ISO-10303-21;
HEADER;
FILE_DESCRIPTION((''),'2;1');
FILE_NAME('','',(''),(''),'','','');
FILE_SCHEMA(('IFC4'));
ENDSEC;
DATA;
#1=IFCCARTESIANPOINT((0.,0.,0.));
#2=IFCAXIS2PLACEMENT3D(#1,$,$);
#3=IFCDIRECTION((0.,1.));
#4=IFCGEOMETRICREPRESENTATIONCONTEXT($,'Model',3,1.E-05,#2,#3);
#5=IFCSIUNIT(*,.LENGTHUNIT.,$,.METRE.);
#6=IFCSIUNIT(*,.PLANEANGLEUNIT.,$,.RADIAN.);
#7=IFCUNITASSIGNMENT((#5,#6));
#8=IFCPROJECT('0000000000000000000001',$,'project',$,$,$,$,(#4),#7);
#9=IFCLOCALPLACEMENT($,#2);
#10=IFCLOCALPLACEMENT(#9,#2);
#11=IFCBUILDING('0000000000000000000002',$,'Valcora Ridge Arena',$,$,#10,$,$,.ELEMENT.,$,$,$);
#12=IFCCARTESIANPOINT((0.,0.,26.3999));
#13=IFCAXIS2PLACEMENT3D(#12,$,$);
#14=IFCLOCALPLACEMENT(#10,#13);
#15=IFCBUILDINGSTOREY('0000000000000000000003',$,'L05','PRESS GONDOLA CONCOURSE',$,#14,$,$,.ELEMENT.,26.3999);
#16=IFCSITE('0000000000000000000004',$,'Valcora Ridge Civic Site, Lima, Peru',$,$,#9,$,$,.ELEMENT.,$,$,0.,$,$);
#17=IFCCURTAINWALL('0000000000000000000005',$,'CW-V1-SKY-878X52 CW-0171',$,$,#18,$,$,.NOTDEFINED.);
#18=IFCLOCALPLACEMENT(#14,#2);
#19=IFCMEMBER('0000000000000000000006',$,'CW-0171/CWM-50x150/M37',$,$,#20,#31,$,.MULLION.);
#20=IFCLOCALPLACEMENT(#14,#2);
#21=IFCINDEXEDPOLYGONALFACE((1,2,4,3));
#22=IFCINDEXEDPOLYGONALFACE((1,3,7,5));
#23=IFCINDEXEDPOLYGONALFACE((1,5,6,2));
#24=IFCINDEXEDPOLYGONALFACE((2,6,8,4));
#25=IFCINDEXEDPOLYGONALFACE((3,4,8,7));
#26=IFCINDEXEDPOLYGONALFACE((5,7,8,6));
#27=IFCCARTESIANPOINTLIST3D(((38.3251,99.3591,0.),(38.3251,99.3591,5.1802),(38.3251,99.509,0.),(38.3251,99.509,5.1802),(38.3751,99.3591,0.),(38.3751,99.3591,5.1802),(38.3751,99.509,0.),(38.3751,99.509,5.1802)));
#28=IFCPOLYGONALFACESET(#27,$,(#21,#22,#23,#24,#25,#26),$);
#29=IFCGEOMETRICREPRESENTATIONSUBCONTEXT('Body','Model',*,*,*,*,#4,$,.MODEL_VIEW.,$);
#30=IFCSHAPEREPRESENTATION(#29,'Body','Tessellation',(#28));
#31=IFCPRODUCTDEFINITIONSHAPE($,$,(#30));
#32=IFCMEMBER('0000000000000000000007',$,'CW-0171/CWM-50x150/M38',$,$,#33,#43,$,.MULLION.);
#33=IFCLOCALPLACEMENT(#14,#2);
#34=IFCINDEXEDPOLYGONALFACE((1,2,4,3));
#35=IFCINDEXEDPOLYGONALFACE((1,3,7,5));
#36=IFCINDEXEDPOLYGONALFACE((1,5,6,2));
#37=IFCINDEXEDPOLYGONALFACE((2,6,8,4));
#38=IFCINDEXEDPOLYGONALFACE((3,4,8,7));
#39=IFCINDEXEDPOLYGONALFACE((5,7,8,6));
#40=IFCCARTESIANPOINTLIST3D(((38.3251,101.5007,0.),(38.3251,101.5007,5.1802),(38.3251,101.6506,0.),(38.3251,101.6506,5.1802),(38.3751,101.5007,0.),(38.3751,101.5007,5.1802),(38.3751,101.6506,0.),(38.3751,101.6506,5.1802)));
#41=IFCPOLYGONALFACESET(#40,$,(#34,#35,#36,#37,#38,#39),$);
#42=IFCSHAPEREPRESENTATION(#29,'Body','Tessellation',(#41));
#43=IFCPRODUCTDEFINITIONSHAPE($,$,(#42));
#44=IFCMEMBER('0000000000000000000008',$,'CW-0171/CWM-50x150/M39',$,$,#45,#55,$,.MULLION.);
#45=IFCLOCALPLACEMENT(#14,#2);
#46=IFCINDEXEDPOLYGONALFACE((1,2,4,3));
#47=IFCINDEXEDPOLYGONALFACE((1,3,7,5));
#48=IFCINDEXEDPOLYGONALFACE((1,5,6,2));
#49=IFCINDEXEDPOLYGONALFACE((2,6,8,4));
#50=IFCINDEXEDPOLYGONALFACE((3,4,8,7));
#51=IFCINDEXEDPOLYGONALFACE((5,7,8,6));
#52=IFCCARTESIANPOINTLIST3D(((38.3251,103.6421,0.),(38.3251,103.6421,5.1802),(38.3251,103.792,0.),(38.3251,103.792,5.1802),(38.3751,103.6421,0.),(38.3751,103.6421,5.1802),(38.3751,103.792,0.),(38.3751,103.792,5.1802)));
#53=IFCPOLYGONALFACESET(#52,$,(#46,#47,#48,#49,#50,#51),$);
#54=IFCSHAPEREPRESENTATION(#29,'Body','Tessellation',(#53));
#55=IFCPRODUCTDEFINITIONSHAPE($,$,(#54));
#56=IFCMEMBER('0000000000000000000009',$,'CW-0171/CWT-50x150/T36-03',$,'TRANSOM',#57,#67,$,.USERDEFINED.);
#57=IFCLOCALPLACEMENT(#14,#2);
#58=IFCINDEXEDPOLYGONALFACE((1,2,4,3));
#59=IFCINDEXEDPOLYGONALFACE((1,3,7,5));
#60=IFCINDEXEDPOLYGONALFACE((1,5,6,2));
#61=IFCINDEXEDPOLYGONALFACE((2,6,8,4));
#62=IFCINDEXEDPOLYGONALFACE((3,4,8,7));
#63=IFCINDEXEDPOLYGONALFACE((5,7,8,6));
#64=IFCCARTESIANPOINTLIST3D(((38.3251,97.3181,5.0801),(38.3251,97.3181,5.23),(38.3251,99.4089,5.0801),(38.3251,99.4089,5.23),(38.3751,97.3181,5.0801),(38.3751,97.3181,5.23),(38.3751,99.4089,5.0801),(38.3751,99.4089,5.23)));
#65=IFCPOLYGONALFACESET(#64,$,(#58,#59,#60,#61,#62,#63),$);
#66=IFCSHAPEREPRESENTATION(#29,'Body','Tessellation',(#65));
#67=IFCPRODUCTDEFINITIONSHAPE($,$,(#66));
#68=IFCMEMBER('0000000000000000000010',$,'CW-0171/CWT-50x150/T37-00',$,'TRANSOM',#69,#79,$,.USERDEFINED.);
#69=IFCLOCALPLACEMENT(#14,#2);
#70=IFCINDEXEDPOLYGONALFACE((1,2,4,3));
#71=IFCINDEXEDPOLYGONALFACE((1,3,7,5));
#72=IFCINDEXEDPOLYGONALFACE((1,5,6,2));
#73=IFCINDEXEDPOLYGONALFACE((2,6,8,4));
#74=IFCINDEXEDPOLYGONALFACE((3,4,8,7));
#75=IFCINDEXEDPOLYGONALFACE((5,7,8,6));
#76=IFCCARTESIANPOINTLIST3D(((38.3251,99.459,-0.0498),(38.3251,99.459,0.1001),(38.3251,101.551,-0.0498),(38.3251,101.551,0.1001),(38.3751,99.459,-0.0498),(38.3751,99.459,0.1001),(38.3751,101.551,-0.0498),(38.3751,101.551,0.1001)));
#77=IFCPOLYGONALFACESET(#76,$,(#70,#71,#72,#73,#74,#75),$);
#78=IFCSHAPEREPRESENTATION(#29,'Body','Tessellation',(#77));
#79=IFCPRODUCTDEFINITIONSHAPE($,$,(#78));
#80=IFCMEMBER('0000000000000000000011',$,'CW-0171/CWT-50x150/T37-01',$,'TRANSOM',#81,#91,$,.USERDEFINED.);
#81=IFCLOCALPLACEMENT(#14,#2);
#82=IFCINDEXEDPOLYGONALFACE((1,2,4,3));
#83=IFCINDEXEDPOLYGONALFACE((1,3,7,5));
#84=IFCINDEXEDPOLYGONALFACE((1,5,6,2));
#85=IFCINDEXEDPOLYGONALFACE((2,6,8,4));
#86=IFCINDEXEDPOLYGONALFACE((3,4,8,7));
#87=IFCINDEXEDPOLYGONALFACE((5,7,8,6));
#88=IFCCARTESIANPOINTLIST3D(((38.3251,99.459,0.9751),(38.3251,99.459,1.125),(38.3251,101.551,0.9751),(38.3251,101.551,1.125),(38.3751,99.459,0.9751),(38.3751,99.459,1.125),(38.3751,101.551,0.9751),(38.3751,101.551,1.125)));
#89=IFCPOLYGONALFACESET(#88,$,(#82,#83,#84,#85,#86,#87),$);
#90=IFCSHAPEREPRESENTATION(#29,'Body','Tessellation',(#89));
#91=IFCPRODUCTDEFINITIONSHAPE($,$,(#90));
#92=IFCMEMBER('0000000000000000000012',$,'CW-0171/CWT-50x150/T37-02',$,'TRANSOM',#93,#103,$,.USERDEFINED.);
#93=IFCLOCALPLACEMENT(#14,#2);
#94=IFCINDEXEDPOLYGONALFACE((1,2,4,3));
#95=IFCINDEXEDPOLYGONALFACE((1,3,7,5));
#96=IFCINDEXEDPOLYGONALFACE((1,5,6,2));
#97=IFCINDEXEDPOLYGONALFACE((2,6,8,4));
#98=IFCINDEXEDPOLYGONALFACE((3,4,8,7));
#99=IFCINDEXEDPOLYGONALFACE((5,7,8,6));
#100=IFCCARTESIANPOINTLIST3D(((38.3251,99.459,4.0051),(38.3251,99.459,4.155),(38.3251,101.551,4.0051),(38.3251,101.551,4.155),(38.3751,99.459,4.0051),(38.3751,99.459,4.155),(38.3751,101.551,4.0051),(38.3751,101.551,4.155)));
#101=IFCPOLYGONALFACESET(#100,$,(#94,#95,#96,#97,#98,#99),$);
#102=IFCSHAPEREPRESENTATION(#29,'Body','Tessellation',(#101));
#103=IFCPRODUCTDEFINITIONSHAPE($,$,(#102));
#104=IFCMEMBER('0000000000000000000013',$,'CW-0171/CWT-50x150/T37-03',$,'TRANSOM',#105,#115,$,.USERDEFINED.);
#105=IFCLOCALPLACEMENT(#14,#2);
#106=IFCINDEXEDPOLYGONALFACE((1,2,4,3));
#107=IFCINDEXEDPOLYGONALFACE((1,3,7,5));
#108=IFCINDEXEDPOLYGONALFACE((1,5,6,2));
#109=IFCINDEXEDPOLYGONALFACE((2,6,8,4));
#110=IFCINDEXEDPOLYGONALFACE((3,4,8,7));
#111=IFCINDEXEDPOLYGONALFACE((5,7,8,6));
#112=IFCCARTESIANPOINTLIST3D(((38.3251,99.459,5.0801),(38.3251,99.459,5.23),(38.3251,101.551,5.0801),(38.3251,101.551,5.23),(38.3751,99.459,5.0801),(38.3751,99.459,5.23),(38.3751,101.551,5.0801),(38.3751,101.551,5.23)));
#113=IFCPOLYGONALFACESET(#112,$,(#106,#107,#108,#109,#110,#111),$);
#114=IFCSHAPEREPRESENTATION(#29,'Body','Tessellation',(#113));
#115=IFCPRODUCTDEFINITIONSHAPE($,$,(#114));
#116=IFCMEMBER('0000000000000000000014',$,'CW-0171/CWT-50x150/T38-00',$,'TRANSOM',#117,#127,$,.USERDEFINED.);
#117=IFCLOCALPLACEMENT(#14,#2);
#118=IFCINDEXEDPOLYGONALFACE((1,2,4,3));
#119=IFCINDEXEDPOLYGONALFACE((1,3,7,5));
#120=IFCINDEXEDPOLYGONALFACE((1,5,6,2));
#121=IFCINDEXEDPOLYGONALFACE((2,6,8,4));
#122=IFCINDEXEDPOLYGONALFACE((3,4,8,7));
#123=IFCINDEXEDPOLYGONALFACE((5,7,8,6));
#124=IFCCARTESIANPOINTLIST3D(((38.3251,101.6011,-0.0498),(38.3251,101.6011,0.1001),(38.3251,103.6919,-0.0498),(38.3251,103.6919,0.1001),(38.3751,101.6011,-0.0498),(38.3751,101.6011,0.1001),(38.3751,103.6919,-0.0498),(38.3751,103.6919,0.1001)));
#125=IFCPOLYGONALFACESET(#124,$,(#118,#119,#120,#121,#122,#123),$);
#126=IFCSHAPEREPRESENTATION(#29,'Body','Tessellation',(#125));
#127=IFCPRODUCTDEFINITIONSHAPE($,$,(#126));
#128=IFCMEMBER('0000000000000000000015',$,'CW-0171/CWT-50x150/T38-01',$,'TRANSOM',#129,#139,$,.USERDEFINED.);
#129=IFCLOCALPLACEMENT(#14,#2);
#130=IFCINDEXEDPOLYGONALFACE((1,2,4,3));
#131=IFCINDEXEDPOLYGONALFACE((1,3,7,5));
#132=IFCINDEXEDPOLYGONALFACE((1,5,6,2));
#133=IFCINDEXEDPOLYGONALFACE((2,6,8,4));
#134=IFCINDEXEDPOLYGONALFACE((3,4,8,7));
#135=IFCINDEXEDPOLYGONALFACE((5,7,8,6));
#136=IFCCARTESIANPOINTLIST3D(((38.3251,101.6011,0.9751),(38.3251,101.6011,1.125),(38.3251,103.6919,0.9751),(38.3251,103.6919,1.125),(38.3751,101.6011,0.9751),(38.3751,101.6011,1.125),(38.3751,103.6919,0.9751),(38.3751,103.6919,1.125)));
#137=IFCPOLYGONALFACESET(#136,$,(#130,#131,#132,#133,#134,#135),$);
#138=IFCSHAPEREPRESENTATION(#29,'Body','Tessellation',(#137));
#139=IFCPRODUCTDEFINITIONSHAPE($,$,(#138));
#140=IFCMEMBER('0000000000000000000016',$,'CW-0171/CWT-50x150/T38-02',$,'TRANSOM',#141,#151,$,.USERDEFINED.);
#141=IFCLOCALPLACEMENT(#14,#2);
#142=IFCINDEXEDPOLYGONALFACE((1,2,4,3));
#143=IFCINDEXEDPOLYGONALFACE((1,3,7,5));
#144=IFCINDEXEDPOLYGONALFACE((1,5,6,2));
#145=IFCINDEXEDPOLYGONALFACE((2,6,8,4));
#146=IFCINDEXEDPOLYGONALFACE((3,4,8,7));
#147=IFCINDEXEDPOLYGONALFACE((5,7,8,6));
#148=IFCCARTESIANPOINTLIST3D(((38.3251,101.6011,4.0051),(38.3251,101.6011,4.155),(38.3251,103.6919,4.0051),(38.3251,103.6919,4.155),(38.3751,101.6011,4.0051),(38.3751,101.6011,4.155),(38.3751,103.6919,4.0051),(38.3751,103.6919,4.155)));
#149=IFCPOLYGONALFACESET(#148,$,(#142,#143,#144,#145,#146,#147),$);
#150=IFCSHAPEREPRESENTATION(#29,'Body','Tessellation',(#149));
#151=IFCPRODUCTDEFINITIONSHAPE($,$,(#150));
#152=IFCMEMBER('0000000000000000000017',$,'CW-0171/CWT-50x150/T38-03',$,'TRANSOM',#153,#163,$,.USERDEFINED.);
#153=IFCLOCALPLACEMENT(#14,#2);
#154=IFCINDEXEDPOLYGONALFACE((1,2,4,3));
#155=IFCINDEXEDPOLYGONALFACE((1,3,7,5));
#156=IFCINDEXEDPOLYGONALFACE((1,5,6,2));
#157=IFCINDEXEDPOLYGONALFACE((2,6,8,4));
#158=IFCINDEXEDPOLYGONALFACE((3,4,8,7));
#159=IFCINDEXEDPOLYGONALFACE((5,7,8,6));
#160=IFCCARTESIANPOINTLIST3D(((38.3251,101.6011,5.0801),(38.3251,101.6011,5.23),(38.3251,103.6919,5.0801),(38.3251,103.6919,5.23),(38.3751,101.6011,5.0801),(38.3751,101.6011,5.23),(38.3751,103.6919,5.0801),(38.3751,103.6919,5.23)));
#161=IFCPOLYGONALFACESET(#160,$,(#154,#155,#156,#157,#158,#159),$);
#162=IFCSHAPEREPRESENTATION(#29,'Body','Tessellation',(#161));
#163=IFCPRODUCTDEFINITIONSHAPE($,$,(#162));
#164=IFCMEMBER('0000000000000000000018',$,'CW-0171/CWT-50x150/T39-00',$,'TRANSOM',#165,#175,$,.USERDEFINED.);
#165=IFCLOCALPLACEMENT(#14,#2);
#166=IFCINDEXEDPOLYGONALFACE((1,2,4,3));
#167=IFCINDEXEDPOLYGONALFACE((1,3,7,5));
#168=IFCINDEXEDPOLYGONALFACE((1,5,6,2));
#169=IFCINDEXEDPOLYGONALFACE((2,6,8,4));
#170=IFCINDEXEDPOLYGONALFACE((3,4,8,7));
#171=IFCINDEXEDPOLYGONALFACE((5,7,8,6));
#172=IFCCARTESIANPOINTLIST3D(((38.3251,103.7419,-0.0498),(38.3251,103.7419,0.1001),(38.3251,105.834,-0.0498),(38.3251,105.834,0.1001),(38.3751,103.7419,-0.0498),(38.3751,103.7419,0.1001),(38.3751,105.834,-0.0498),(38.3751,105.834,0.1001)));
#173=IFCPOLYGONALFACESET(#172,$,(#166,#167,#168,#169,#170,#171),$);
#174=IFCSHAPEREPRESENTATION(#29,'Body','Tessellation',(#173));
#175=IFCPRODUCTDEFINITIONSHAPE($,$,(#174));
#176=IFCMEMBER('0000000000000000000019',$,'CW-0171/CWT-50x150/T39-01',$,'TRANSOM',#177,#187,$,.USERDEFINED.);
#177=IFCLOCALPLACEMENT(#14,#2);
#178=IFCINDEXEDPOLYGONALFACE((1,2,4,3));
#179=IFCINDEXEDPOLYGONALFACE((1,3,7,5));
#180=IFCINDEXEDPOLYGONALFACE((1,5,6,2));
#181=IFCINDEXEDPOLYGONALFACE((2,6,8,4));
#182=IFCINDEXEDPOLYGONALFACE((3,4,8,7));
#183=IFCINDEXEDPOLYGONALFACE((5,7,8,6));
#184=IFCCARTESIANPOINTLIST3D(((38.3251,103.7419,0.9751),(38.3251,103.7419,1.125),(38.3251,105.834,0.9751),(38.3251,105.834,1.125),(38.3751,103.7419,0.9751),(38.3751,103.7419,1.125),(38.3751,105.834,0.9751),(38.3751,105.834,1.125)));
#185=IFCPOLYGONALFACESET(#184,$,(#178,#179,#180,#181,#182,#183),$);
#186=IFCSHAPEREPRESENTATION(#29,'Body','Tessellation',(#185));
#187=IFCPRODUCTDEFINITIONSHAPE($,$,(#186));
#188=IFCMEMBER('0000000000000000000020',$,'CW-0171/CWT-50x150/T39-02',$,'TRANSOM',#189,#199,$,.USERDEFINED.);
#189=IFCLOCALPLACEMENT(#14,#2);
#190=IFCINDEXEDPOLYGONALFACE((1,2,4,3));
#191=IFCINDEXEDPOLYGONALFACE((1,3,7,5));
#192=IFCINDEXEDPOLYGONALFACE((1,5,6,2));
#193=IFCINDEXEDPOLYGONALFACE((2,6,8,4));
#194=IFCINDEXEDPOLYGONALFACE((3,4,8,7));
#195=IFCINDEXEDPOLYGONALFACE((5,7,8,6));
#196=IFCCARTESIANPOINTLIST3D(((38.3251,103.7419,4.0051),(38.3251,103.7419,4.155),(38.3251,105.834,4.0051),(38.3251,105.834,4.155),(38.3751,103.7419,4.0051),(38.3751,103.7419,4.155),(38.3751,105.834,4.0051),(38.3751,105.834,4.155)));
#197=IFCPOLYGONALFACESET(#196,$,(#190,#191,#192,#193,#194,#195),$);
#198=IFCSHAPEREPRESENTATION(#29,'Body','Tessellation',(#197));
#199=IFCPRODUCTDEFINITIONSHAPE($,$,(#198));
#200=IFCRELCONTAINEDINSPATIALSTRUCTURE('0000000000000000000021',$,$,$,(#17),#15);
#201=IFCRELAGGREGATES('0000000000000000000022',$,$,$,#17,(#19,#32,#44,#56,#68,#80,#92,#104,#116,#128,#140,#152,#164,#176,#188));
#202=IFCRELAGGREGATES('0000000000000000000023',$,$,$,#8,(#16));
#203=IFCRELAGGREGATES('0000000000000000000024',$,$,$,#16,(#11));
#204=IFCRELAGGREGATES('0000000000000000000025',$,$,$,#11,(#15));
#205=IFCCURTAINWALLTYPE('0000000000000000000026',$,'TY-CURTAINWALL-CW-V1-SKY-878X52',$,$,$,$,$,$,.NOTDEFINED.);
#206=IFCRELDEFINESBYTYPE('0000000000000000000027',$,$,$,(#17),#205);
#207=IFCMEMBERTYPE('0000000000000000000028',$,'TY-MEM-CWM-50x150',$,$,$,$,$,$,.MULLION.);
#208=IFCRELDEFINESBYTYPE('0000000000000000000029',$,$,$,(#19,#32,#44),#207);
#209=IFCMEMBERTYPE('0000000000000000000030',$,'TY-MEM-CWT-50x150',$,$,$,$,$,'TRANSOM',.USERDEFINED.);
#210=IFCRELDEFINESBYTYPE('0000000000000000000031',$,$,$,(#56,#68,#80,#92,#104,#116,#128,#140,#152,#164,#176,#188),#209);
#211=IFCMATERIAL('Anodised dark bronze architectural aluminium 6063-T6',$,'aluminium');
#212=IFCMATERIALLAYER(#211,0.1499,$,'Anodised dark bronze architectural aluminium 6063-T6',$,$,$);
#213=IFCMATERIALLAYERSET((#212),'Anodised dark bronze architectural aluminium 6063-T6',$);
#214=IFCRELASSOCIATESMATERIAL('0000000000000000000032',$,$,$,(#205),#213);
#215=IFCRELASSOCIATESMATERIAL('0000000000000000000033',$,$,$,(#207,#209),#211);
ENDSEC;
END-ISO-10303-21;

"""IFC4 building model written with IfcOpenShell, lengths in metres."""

from ifc_helpers import new_model, si_unit, direction, frame, origin, origin_2d, place, context, subcontext, project, spatial, rectangle, extrude, material, layer, layer_set, material_profile, profile_set, type_object, element, aggregate, save


model = new_model("IFC4")

# Units and contexts
model_context = context("Model", 3, precision=1e-05, world=origin(), true_north=direction((0.0, 1.0)))
body_context = subcontext(model_context, "Body", "Model", "MODEL_VIEW")
ifc_project = project(units=[si_unit("LENGTHUNIT", "METRE"), si_unit("PLANEANGLEUNIT", "RADIAN")], contexts=[model_context])

# Site, building, storey
site_placement = place(None, origin())
site = spatial("IfcSite", under=ifc_project, at=site_placement, Name="Valcora Ridge Civic Site, Lima, Peru", CompositionType="ELEMENT", RefElevation=0.0)
building_placement = place(site_placement, origin())
building = spatial("IfcBuilding", under=site, at=building_placement, Name="Valcora Ridge Arena", CompositionType="ELEMENT")
storey_placement = place(building_placement, frame((0.0, 0.0, 26.3999)))
storey = spatial("IfcBuildingStorey", under=building, at=storey_placement, Name="L05", Description="PRESS GONDOLA CONCOURSE", CompositionType="ELEMENT", Elevation=26.3999)

# Curtain wall, members
ifc_material_1 = material(Name="Anodised dark bronze architectural aluminium 6063-T6", Category="aluminium")
ifc_layer_1 = layer(ifc_material_1, 0.1499, Name="Anodised dark bronze architectural aluminium 6063-T6")
ifc_layer_set_1 = layer_set([ifc_layer_1], Name="Anodised dark bronze architectural aluminium 6063-T6")
curtain_wall_type = type_object("IfcCurtainWallType", Name="TY-CURTAINWALL-CW-V1-SKY-878X52", PredefinedType="NOTDEFINED", material=ifc_layer_set_1)
curtain_wall_placement = place(storey_placement, origin())
curtain_wall = element("IfcCurtainWall", 1, at=curtain_wall_placement, inside=storey, type_object=curtain_wall_type, Name="CW-V1-SKY-878X52 CW-0171", PredefinedType="NOTDEFINED")
ifc_material_profile_1 = material_profile(ifc_material_1, rectangle(XDim=0.05, YDim=0.1499, at=origin_2d()), Name="ALU MULLION 50x150")
ifc_profile_set_1 = profile_set([ifc_material_profile_1], Name="Anodised dark bronze architectural aluminium 6063-T6")
member_type_1 = type_object("IfcMemberType", Name="TY-MEM-CWM-50x150", PredefinedType="MULLION", material=ifc_profile_set_1)
member_1_placement = place(storey_placement, frame((38.3501, 99.4341, 0.0), z_axis=(0.0, 0.0, 1.0), x_axis=(-1.0, 0.0, 0.0)))
member_1 = element("IfcMember", 2, at=member_1_placement, type_object=member_type_1, Name="CW-0171/CWM-50x150/M37", PredefinedType="MULLION", context=body_context, shape_type="SweptSolid", body=[
    extrude(rectangle(XDim=0.05, YDim=0.1499, at=origin_2d()), origin(), (0.0, 0.0, 1.0), 5.1802),
])
member_2_placement = place(storey_placement, frame((38.3501, 101.5757, 0.0), z_axis=(0.0, 0.0, 1.0), x_axis=(-1.0, 0.0, 0.0)))
member_2 = element("IfcMember", 3, at=member_2_placement, type_object=member_type_1, Name="CW-0171/CWM-50x150/M38", PredefinedType="MULLION", context=body_context, shape_type="SweptSolid", body=[
    extrude(rectangle(XDim=0.05, YDim=0.1499, at=origin_2d()), origin(), (0.0, 0.0, 1.0), 5.1802),
])
member_3_placement = place(storey_placement, frame((38.3501, 103.717, 0.0), z_axis=(0.0, 0.0, 1.0), x_axis=(-1.0, 0.0, 0.0)))
member_3 = element("IfcMember", 4, at=member_3_placement, type_object=member_type_1, Name="CW-0171/CWM-50x150/M39", PredefinedType="MULLION", context=body_context, shape_type="SweptSolid", body=[
    extrude(rectangle(XDim=0.05, YDim=0.1499, at=origin_2d()), origin(), (0.0, 0.0, 1.0), 5.1802),
])
ifc_material_profile_2 = material_profile(ifc_material_1, rectangle(XDim=0.05, YDim=0.1499, at=origin_2d()), Name="ALU TRANSOM 50x150")
ifc_profile_set_2 = profile_set([ifc_material_profile_2], Name="Anodised dark bronze architectural aluminium 6063-T6")
member_type_2 = type_object("IfcMemberType", Name="TY-MEM-CWT-50x150", ElementType="TRANSOM", PredefinedType="USERDEFINED", material=ifc_profile_set_2)
member_4_placement = place(storey_placement, frame((38.3501, 97.3181, 5.155), z_axis=(0.0, 1.0, 0.0), x_axis=(-1.0, 0.0, 0.0)))
member_4 = element("IfcMember", 5, at=member_4_placement, type_object=member_type_2, Name="CW-0171/CWT-50x150/T36-03", ObjectType="TRANSOM", PredefinedType="USERDEFINED", context=body_context, shape_type="SweptSolid", body=[
    extrude(rectangle(XDim=0.05, YDim=0.1499, at=origin_2d()), origin(), (0.0, 0.0, 1.0), 2.0908),
])
member_5_placement = place(storey_placement, frame((38.3501, 99.459, 0.0251), z_axis=(0.0, 1.0, 0.0), x_axis=(-1.0, 0.0, 0.0)))
member_5 = element("IfcMember", 6, at=member_5_placement, type_object=member_type_2, Name="CW-0171/CWT-50x150/T37-00", ObjectType="TRANSOM", PredefinedType="USERDEFINED", context=body_context, shape_type="SweptSolid", body=[
    extrude(rectangle(XDim=0.05, YDim=0.1499, at=origin_2d()), origin(), (0.0, 0.0, 1.0), 2.092),
])
member_6_placement = place(storey_placement, frame((38.3501, 99.459, 1.05), z_axis=(0.0, 1.0, 0.0), x_axis=(-1.0, 0.0, 0.0)))
member_6 = element("IfcMember", 7, at=member_6_placement, type_object=member_type_2, Name="CW-0171/CWT-50x150/T37-01", ObjectType="TRANSOM", PredefinedType="USERDEFINED", context=body_context, shape_type="SweptSolid", body=[
    extrude(rectangle(XDim=0.05, YDim=0.1499, at=origin_2d()), origin(), (0.0, 0.0, 1.0), 2.092),
])
member_7_placement = place(storey_placement, frame((38.3501, 99.459, 4.0801), z_axis=(0.0, 1.0, 0.0), x_axis=(-1.0, 0.0, 0.0)))
member_7 = element("IfcMember", 8, at=member_7_placement, type_object=member_type_2, Name="CW-0171/CWT-50x150/T37-02", ObjectType="TRANSOM", PredefinedType="USERDEFINED", context=body_context, shape_type="SweptSolid", body=[
    extrude(rectangle(XDim=0.05, YDim=0.1499, at=origin_2d()), origin(), (0.0, 0.0, 1.0), 2.092),
])
member_8_placement = place(storey_placement, frame((38.3501, 99.459, 5.155), z_axis=(0.0, 1.0, 0.0), x_axis=(-1.0, 0.0, 0.0)))
member_8 = element("IfcMember", 9, at=member_8_placement, type_object=member_type_2, Name="CW-0171/CWT-50x150/T37-03", ObjectType="TRANSOM", PredefinedType="USERDEFINED", context=body_context, shape_type="SweptSolid", body=[
    extrude(rectangle(XDim=0.05, YDim=0.1499, at=origin_2d()), origin(), (0.0, 0.0, 1.0), 2.092),
])
member_9_placement = place(storey_placement, frame((38.3501, 101.6011, 0.0251), z_axis=(0.0, 1.0, 0.0), x_axis=(-1.0, 0.0, 0.0)))
member_9 = element("IfcMember", 10, at=member_9_placement, type_object=member_type_2, Name="CW-0171/CWT-50x150/T38-00", ObjectType="TRANSOM", PredefinedType="USERDEFINED", context=body_context, shape_type="SweptSolid", body=[
    extrude(rectangle(XDim=0.05, YDim=0.1499, at=origin_2d()), origin(), (0.0, 0.0, 1.0), 2.0908),
])
member_10_placement = place(storey_placement, frame((38.3501, 101.6011, 1.05), z_axis=(0.0, 1.0, 0.0), x_axis=(-1.0, 0.0, 0.0)))
member_10 = element("IfcMember", 11, at=member_10_placement, type_object=member_type_2, Name="CW-0171/CWT-50x150/T38-01", ObjectType="TRANSOM", PredefinedType="USERDEFINED", context=body_context, shape_type="SweptSolid", body=[
    extrude(rectangle(XDim=0.05, YDim=0.1499, at=origin_2d()), origin(), (0.0, 0.0, 1.0), 2.0908),
])
member_11_placement = place(storey_placement, frame((38.3501, 101.6011, 4.0801), z_axis=(0.0, 1.0, 0.0), x_axis=(-1.0, 0.0, 0.0)))
member_11 = element("IfcMember", 12, at=member_11_placement, type_object=member_type_2, Name="CW-0171/CWT-50x150/T38-02", ObjectType="TRANSOM", PredefinedType="USERDEFINED", context=body_context, shape_type="SweptSolid", body=[
    extrude(rectangle(XDim=0.05, YDim=0.1499, at=origin_2d()), origin(), (0.0, 0.0, 1.0), 2.0908),
])
member_12_placement = place(storey_placement, frame((38.3501, 101.6011, 5.155), z_axis=(0.0, 1.0, 0.0), x_axis=(-1.0, 0.0, 0.0)))
member_12 = element("IfcMember", 13, at=member_12_placement, type_object=member_type_2, Name="CW-0171/CWT-50x150/T38-03", ObjectType="TRANSOM", PredefinedType="USERDEFINED", context=body_context, shape_type="SweptSolid", body=[
    extrude(rectangle(XDim=0.05, YDim=0.1499, at=origin_2d()), origin(), (0.0, 0.0, 1.0), 2.0908),
])
member_13_placement = place(storey_placement, frame((38.3501, 103.7419, 0.0251), z_axis=(0.0, 1.0, 0.0), x_axis=(-1.0, 0.0, 0.0)))
member_13 = element("IfcMember", 14, at=member_13_placement, type_object=member_type_2, Name="CW-0171/CWT-50x150/T39-00", ObjectType="TRANSOM", PredefinedType="USERDEFINED", context=body_context, shape_type="SweptSolid", body=[
    extrude(rectangle(XDim=0.05, YDim=0.1499, at=origin_2d()), origin(), (0.0, 0.0, 1.0), 2.092),
])
member_14_placement = place(storey_placement, frame((38.3501, 103.7419, 1.05), z_axis=(0.0, 1.0, 0.0), x_axis=(-1.0, 0.0, 0.0)))
member_14 = element("IfcMember", 15, at=member_14_placement, type_object=member_type_2, Name="CW-0171/CWT-50x150/T39-01", ObjectType="TRANSOM", PredefinedType="USERDEFINED", context=body_context, shape_type="SweptSolid", body=[
    extrude(rectangle(XDim=0.05, YDim=0.1499, at=origin_2d()), origin(), (0.0, 0.0, 1.0), 2.092),
])
member_15_placement = place(storey_placement, frame((38.3501, 103.7419, 4.0801), z_axis=(0.0, 1.0, 0.0), x_axis=(-1.0, 0.0, 0.0)))
member_15 = element("IfcMember", 16, at=member_15_placement, type_object=member_type_2, Name="CW-0171/CWT-50x150/T39-02", ObjectType="TRANSOM", PredefinedType="USERDEFINED", context=body_context, shape_type="SweptSolid", body=[
    extrude(rectangle(XDim=0.05, YDim=0.1499, at=origin_2d()), origin(), (0.0, 0.0, 1.0), 2.092),
])
aggregate(curtain_wall, [member_1, member_2, member_3, member_4, member_5, member_6, member_7, member_8, member_9, member_10, member_11, member_12, member_13, member_14, member_15])

save(model, "model.ifc")
